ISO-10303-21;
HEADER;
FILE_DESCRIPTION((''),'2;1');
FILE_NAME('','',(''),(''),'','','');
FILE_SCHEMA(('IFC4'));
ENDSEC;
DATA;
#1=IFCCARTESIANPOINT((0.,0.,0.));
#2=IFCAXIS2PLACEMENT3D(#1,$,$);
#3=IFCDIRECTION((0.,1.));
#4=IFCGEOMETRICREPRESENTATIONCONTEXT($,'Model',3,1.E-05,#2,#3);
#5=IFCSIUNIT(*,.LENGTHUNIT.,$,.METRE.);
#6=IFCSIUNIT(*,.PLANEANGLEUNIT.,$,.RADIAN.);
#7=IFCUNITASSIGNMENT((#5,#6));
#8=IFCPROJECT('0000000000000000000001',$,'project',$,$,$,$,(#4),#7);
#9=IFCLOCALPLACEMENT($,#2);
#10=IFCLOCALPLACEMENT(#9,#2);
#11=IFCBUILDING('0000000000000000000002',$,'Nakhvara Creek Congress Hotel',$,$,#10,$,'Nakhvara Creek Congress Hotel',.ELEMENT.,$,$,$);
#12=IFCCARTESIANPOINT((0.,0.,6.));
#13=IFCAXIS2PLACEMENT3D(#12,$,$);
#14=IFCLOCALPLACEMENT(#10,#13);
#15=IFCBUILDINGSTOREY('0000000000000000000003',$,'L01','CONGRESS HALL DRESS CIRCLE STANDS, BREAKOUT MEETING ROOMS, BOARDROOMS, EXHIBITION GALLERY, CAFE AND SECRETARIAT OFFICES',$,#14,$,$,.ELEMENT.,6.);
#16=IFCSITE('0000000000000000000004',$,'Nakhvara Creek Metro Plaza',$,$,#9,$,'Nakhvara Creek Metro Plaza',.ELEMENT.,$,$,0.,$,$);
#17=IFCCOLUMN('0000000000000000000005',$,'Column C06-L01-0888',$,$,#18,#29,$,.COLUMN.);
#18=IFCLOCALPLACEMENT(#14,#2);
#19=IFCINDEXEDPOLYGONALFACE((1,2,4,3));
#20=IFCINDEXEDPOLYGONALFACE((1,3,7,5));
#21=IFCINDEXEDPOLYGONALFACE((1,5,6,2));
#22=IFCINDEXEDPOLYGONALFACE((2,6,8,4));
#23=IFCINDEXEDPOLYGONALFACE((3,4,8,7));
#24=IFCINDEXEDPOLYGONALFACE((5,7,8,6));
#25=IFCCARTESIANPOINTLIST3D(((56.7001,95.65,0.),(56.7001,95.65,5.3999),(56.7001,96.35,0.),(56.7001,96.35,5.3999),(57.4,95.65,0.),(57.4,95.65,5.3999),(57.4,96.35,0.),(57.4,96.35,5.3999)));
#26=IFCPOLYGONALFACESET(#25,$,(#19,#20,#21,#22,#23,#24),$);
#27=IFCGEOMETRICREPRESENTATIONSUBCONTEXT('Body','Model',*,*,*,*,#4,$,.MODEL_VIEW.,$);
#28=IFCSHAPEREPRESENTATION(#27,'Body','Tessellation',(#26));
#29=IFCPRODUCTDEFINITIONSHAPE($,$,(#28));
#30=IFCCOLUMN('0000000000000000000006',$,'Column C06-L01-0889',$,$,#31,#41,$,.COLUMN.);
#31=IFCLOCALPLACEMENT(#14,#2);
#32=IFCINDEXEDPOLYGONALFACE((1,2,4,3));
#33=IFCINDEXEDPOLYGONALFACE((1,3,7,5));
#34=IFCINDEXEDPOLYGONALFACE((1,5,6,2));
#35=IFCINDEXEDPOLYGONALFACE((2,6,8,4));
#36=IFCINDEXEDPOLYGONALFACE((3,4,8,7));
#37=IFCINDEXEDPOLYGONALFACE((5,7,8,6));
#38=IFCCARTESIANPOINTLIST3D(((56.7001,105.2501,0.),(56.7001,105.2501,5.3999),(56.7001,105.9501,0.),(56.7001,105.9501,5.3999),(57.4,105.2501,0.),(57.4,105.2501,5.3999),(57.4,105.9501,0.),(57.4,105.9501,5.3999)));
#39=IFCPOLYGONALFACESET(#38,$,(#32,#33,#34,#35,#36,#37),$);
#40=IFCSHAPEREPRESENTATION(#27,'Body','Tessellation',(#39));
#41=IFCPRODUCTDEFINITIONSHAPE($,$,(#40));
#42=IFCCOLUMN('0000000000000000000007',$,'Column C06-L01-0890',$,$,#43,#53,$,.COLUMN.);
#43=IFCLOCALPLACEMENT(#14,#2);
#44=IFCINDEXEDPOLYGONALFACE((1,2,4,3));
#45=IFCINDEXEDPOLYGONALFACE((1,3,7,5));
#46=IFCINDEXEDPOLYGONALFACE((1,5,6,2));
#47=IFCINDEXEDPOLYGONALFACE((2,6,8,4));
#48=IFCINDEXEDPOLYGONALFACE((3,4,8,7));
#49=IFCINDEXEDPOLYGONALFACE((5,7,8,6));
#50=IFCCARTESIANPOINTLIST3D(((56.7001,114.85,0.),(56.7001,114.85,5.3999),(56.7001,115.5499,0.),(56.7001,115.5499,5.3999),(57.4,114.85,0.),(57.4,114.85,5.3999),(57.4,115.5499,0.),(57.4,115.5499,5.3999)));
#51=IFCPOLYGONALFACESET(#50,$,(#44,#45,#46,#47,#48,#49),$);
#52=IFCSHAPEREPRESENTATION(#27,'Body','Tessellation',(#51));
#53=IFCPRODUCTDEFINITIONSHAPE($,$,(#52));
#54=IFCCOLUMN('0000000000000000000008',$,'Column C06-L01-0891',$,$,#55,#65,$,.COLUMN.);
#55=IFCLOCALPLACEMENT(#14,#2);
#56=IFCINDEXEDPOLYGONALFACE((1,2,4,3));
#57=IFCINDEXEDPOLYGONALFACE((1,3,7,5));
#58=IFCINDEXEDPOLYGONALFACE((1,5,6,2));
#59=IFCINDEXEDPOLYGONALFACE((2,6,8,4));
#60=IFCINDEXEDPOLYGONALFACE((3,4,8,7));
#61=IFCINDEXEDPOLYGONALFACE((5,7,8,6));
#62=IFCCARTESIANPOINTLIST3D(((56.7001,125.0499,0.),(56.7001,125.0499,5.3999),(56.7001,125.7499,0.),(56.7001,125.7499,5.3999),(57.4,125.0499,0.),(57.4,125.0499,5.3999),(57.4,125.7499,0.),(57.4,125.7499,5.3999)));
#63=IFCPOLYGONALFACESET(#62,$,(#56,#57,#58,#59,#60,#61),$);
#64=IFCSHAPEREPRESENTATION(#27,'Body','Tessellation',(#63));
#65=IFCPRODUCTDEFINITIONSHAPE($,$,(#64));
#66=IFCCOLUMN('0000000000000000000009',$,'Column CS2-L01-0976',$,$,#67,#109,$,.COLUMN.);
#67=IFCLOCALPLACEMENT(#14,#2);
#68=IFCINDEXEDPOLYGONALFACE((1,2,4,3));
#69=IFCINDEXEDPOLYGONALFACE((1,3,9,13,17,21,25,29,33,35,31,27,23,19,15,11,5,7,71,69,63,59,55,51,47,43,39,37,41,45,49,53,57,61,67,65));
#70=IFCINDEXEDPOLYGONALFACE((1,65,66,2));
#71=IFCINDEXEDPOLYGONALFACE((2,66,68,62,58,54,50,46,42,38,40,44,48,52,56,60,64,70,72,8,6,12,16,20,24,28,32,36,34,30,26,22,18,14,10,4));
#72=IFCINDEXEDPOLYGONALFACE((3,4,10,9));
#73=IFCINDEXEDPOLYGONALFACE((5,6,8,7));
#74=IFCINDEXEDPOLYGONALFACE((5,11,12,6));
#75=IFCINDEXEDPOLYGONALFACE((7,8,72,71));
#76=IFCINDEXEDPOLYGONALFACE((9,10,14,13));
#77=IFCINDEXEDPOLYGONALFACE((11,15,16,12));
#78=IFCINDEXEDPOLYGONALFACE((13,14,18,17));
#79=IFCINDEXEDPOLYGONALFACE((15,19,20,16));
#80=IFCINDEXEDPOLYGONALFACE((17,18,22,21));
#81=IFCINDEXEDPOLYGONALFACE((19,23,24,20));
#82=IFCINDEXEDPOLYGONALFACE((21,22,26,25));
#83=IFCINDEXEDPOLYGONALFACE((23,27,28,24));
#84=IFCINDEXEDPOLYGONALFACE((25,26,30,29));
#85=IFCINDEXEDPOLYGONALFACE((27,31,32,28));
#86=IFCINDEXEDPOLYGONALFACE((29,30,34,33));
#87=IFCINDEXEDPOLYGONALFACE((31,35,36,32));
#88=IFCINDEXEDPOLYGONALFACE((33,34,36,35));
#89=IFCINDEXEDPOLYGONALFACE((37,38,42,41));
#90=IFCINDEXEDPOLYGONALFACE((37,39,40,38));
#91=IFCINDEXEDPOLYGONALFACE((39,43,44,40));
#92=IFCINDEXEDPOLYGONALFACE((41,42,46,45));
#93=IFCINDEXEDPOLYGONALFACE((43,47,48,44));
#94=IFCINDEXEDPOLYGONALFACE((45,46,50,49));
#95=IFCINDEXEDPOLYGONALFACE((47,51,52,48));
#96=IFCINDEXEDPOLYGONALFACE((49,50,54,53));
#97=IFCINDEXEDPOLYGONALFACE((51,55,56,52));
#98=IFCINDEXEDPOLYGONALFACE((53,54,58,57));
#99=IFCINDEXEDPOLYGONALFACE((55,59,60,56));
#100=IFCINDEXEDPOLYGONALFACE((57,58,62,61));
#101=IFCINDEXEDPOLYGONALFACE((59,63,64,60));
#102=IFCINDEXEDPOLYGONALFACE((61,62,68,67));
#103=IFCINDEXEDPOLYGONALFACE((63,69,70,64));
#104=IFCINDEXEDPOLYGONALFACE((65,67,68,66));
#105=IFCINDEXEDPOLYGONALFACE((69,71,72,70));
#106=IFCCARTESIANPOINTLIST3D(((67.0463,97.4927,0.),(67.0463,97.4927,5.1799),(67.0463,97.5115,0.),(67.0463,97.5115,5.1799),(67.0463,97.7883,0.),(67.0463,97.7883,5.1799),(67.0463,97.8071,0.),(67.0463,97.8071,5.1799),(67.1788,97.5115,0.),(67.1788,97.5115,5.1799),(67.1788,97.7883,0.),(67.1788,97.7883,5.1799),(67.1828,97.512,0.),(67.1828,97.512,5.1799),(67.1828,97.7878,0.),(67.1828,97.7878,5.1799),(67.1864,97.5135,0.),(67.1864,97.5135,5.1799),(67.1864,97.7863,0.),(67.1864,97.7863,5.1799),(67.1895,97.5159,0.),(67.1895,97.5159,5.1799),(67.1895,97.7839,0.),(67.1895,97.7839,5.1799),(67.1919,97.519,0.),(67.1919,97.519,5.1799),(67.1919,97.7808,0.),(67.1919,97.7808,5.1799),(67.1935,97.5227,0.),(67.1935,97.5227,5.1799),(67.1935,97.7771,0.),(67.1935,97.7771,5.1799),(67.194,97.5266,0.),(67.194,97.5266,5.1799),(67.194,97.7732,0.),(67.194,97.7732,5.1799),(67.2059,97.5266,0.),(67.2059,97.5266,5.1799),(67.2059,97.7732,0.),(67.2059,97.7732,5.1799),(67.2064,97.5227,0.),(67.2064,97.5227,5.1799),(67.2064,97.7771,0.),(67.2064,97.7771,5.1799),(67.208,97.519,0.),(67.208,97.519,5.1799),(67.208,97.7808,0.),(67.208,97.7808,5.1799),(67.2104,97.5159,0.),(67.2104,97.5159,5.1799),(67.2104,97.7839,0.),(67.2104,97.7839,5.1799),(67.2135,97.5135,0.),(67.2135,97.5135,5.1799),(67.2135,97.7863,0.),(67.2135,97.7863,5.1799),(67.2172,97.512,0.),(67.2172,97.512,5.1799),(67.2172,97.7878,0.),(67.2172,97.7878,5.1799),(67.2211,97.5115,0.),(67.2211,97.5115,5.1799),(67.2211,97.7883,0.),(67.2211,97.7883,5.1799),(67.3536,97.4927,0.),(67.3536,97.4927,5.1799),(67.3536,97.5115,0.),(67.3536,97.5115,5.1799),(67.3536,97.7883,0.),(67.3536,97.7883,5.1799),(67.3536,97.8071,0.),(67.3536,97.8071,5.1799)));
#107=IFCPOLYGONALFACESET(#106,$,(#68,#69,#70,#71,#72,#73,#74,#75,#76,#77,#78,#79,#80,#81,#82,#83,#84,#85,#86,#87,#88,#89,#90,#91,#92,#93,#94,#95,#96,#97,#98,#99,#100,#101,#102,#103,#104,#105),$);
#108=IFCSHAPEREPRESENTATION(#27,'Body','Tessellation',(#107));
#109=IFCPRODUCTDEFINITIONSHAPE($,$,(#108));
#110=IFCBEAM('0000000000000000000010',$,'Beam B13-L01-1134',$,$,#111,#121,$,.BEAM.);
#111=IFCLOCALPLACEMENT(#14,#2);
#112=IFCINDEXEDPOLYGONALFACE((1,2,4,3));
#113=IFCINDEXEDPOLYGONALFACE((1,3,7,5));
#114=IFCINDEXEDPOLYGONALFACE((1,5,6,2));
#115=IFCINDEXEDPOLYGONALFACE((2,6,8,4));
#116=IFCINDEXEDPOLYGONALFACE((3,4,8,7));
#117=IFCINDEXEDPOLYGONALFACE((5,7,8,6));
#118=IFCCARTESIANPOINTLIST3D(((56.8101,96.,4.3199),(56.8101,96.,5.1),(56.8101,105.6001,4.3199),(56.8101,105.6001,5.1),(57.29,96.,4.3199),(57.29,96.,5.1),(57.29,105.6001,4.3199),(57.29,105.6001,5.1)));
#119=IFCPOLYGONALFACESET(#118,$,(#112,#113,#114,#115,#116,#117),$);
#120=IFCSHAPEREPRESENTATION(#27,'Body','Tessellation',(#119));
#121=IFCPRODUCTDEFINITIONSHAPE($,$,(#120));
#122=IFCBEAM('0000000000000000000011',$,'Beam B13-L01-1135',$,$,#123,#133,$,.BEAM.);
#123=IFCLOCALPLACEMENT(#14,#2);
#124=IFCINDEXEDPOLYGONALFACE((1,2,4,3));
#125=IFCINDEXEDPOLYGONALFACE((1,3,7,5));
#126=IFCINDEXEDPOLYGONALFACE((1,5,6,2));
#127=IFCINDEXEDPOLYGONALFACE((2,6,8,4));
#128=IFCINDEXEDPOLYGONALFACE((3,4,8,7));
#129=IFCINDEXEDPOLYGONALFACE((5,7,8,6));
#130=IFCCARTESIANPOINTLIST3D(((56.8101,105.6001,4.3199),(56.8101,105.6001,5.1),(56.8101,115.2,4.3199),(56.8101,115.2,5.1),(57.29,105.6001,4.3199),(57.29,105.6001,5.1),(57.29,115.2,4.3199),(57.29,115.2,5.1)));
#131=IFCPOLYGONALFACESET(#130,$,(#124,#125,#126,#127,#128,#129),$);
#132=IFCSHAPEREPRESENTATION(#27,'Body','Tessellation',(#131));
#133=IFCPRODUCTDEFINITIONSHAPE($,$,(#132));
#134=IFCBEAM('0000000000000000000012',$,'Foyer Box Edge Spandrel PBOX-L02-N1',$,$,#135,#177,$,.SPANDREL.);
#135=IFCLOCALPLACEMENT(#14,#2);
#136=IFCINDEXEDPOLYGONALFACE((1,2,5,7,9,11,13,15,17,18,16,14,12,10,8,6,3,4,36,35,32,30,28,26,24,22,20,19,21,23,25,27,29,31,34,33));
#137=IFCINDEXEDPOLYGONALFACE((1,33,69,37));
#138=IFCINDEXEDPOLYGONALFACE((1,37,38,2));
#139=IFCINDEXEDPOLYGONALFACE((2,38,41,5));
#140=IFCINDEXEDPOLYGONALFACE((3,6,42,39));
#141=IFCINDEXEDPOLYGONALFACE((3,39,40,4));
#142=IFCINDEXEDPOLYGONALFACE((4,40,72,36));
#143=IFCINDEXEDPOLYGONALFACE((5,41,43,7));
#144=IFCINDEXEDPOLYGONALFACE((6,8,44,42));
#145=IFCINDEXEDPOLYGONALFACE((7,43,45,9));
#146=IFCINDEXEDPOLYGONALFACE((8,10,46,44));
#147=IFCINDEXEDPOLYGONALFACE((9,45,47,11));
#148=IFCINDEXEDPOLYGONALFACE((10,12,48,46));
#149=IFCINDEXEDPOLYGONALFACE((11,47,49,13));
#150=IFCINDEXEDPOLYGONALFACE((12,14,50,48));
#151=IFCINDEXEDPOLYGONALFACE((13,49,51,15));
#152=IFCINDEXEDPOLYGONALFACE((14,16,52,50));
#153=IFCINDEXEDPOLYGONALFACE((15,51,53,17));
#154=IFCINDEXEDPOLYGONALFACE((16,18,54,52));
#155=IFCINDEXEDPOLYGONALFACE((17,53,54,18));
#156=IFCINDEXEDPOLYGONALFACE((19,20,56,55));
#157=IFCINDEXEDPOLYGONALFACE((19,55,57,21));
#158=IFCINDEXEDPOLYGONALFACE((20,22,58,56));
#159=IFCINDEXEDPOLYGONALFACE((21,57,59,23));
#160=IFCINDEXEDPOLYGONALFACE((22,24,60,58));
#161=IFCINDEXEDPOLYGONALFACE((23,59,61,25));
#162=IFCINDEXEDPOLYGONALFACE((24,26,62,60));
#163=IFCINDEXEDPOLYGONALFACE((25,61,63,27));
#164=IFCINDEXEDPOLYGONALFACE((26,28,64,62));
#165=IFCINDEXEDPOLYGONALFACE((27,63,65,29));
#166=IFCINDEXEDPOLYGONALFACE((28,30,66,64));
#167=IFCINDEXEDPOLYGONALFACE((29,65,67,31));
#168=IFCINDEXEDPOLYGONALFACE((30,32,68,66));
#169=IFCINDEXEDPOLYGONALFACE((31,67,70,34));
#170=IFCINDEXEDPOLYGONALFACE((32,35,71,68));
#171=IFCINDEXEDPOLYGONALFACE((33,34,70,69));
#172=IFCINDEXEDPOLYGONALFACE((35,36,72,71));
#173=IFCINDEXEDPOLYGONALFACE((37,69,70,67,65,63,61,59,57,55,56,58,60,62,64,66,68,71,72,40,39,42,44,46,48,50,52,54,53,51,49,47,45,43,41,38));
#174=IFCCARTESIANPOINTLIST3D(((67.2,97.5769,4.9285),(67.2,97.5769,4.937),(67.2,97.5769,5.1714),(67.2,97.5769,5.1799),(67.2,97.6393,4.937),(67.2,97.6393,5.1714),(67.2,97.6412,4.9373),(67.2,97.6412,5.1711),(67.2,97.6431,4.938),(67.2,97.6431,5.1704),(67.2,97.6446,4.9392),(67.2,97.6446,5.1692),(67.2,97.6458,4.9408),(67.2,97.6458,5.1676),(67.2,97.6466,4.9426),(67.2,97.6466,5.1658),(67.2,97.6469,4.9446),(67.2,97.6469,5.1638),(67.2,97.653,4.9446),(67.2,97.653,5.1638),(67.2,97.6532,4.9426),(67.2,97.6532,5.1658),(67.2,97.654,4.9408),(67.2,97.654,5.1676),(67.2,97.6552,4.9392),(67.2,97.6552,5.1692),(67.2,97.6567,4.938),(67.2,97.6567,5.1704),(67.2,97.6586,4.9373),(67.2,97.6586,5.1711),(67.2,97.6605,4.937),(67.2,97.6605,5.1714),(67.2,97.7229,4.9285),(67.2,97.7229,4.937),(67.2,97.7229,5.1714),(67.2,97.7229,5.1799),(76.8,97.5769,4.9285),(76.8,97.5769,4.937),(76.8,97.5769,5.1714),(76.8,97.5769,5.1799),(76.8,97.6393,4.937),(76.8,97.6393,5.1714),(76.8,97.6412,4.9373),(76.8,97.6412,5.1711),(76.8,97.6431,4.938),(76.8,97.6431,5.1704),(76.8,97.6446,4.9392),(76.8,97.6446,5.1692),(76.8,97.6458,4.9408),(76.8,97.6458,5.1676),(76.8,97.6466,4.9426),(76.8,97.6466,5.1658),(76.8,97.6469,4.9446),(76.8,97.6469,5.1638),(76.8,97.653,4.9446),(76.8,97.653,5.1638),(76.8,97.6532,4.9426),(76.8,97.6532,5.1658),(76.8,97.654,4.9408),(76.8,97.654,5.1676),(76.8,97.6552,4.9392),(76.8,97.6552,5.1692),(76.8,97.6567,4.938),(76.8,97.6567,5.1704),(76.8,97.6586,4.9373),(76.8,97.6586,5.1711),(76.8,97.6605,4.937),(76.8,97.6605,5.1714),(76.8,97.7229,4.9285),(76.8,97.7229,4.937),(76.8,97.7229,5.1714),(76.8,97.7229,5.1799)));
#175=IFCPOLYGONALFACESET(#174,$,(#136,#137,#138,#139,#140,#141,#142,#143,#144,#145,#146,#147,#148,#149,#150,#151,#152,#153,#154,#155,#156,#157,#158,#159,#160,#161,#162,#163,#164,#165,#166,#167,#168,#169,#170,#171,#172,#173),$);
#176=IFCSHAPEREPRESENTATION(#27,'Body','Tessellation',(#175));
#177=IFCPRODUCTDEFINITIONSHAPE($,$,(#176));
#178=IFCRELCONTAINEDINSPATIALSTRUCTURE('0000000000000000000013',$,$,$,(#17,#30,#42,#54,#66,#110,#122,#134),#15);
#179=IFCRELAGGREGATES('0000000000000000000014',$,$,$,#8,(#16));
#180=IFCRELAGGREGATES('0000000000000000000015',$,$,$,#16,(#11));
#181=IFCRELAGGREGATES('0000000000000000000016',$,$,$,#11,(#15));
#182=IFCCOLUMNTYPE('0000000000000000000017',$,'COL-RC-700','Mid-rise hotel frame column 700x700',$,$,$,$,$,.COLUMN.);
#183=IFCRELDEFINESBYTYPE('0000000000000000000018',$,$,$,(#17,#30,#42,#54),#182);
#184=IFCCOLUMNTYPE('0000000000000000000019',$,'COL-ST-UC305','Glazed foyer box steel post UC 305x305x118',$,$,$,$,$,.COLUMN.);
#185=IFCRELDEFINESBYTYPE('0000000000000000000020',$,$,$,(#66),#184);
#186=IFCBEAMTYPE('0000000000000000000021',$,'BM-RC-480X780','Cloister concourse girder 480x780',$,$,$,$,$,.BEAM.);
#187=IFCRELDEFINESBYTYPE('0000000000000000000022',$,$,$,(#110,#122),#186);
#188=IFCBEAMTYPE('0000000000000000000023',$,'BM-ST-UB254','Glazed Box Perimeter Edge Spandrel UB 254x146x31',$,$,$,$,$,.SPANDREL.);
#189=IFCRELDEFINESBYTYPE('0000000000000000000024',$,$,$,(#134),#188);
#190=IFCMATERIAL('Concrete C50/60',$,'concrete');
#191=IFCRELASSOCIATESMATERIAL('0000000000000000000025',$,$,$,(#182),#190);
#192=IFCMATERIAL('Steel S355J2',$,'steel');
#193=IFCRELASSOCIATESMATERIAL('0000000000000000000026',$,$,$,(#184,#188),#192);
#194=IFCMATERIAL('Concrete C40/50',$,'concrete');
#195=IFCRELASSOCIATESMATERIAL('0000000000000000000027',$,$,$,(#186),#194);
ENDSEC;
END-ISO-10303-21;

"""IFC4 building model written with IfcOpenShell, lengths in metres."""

from ifc_helpers import new_model, si_unit, direction, frame, origin, origin_2d, place, context, subcontext, project, spatial, rectangle, i_section, extrude, material, material_profile, profile_set, type_object, element, save


model = new_model("IFC4")

# Units and contexts
model_context = context("Model", 3, precision=1e-05, world=origin(), true_north=direction((0.0, 1.0)))
body_context = subcontext(model_context, "Body", "Model", "MODEL_VIEW")
ifc_project = project(units=[si_unit("LENGTHUNIT", "METRE"), si_unit("PLANEANGLEUNIT", "RADIAN")], contexts=[model_context])

# Site, building, storey
site_placement = place(None, origin())
site = spatial("IfcSite", under=ifc_project, at=site_placement, Name="Nakhvara Creek Metro Plaza", LongName="Nakhvara Creek Metro Plaza", CompositionType="ELEMENT", RefElevation=0.0)
building_placement = place(site_placement, origin())
building = spatial("IfcBuilding", under=site, at=building_placement, Name="Nakhvara Creek Congress Hotel", LongName="Nakhvara Creek Congress Hotel", CompositionType="ELEMENT")
storey_placement = place(building_placement, frame((0.0, 0.0, 6.0)))
storey = spatial("IfcBuildingStorey", under=building, at=storey_placement, Name="L01", Description="CONGRESS HALL DRESS CIRCLE STANDS, BREAKOUT MEETING ROOMS, BOARDROOMS, EXHIBITION GALLERY, CAFE AND SECRETARIAT OFFICES", CompositionType="ELEMENT", Elevation=6.0)

# Columns
ifc_material_1 = material(Name="Concrete C50/60", Category="concrete")
ifc_material_profile_1 = material_profile(ifc_material_1, rectangle(XDim=0.7, YDim=0.7, at=origin_2d()), Name="RC-COL 700x700", Category="LoadBearing")
ifc_profile_set_1 = profile_set([ifc_material_profile_1], Name="Concrete C50/60")
column_type_1 = type_object("IfcColumnType", Name="COL-RC-700", Description="Mid-rise hotel frame column 700x700", PredefinedType="COLUMN", material=ifc_profile_set_1)
for number, where, z_axis, x_axis, name in (
    (1, (57.05, 96.0, 0.0), (0.0, 0.0, 1.0), (1.0, 0.0, 0.0), "Column C06-L01-0888"),
    (2, (57.05, 105.6001, 0.0), (0.0, 0.0, 1.0), (1.0, 0.0, 0.0), "Column C06-L01-0889"),
    (3, (57.05, 115.2, 0.0), (0.0, 0.0, 1.0), (1.0, 0.0, 0.0), "Column C06-L01-0890"),
    (4, (57.05, 125.3999, 0.0), (0.0, 0.0, 1.0), (1.0, 0.0, 0.0), "Column C06-L01-0891"),
):
    element("IfcColumn", number, at=place(storey_placement, frame(where, z_axis=z_axis, x_axis=x_axis)), inside=storey, type_object=column_type_1, Name=name, PredefinedType="COLUMN", context=body_context, shape_type="SweptSolid", body=[
        extrude(rectangle(XDim=0.7, YDim=0.7, at=origin_2d()), origin(), (0.0, 0.0, 1.0), 5.3999),
    ])
ifc_material_2 = material(Name="Steel S355J2", Category="steel")
ifc_material_profile_2 = material_profile(ifc_material_2, i_section(OverallWidth=0.3074, OverallDepth=0.3145, WebThickness=0.012, FlangeThickness=0.0188, FilletRadius=0.0151, at=origin_2d()), Name="UC 305x305x118", Category="LoadBearing")
ifc_profile_set_2 = profile_set([ifc_material_profile_2], Name="Steel S355J2")
column_type_2 = type_object("IfcColumnType", Name="COL-ST-UC305", Description="Glazed foyer box steel post UC 305x305x118", PredefinedType="COLUMN", material=ifc_profile_set_2)
column_placement = place(storey_placement, frame((67.2, 97.6499, 0.0), z_axis=(0.0, 0.0, 1.0), x_axis=(1.0, 0.0, 0.0)))
element("IfcColumn", 5, at=column_placement, inside=storey, type_object=column_type_2, Name="Column CS2-L01-0976", PredefinedType="COLUMN", context=body_context, shape_type="SweptSolid", body=[
    extrude(i_section(OverallWidth=0.3074, OverallDepth=0.3145, WebThickness=0.012, FlangeThickness=0.0188, FilletRadius=0.0151, at=origin_2d()), origin(), (0.0, 0.0, 1.0), 5.1799),
])

# Beams
ifc_material_3 = material(Name="Concrete C40/50", Category="concrete")
ifc_material_profile_3 = material_profile(ifc_material_3, rectangle(XDim=0.48, YDim=0.78, at=origin_2d()), Name="RC-BM 480x780", Category="LoadBearing")
ifc_profile_set_3 = profile_set([ifc_material_profile_3], Name="Concrete C40/50")
beam_type_1 = type_object("IfcBeamType", Name="BM-RC-480X780", Description="Cloister concourse girder 480x780", PredefinedType="BEAM", material=ifc_profile_set_3)
beam_1_placement = place(storey_placement, frame((57.05, 96.0, 4.71), z_axis=(0.0, 1.0, 0.0), x_axis=(-1.0, 0.0, 0.0)))
element("IfcBeam", 6, at=beam_1_placement, inside=storey, type_object=beam_type_1, Name="Beam B13-L01-1134", PredefinedType="BEAM", context=body_context, shape_type="SweptSolid", body=[
    extrude(rectangle(XDim=0.48, YDim=0.78, at=origin_2d()), origin(), (0.0, 0.0, 1.0), 9.6001),
])
beam_2_placement = place(storey_placement, frame((57.05, 105.6001, 4.71), z_axis=(0.0, 1.0, 0.0), x_axis=(-1.0, 0.0, 0.0)))
element("IfcBeam", 7, at=beam_2_placement, inside=storey, type_object=beam_type_1, Name="Beam B13-L01-1135", PredefinedType="BEAM", context=body_context, shape_type="SweptSolid", body=[
    extrude(rectangle(XDim=0.48, YDim=0.78, at=origin_2d()), origin(), (0.0, 0.0, 1.0), 9.5999),
])
ifc_material_profile_4 = material_profile(ifc_material_2, i_section(OverallWidth=0.146, OverallDepth=0.2515, WebThickness=0.0061, FlangeThickness=0.0085, FilletRadius=0.0076, at=origin_2d()), Name="UB 254x146x31", Category="LoadBearing")
ifc_profile_set_4 = profile_set([ifc_material_profile_4], Name="Steel S355J2")
beam_type_2 = type_object("IfcBeamType", Name="BM-ST-UB254", Description="Glazed Box Perimeter Edge Spandrel UB 254x146x31", PredefinedType="SPANDREL", material=ifc_profile_set_4)
beam_3_placement = place(storey_placement, frame((67.2, 97.6499, 5.0542), z_axis=(1.0, 0.0, 0.0), x_axis=(0.0, 1.0, 0.0)))
element("IfcBeam", 8, at=beam_3_placement, inside=storey, type_object=beam_type_2, Name="Foyer Box Edge Spandrel PBOX-L02-N1", PredefinedType="SPANDREL", context=body_context, shape_type="SweptSolid", body=[
    extrude(i_section(OverallWidth=0.146, OverallDepth=0.2515, WebThickness=0.0061, FlangeThickness=0.0085, FilletRadius=0.0076, at=origin_2d()), origin(), (0.0, 0.0, 1.0), 9.6001),
])

save(model, "model.ifc")
